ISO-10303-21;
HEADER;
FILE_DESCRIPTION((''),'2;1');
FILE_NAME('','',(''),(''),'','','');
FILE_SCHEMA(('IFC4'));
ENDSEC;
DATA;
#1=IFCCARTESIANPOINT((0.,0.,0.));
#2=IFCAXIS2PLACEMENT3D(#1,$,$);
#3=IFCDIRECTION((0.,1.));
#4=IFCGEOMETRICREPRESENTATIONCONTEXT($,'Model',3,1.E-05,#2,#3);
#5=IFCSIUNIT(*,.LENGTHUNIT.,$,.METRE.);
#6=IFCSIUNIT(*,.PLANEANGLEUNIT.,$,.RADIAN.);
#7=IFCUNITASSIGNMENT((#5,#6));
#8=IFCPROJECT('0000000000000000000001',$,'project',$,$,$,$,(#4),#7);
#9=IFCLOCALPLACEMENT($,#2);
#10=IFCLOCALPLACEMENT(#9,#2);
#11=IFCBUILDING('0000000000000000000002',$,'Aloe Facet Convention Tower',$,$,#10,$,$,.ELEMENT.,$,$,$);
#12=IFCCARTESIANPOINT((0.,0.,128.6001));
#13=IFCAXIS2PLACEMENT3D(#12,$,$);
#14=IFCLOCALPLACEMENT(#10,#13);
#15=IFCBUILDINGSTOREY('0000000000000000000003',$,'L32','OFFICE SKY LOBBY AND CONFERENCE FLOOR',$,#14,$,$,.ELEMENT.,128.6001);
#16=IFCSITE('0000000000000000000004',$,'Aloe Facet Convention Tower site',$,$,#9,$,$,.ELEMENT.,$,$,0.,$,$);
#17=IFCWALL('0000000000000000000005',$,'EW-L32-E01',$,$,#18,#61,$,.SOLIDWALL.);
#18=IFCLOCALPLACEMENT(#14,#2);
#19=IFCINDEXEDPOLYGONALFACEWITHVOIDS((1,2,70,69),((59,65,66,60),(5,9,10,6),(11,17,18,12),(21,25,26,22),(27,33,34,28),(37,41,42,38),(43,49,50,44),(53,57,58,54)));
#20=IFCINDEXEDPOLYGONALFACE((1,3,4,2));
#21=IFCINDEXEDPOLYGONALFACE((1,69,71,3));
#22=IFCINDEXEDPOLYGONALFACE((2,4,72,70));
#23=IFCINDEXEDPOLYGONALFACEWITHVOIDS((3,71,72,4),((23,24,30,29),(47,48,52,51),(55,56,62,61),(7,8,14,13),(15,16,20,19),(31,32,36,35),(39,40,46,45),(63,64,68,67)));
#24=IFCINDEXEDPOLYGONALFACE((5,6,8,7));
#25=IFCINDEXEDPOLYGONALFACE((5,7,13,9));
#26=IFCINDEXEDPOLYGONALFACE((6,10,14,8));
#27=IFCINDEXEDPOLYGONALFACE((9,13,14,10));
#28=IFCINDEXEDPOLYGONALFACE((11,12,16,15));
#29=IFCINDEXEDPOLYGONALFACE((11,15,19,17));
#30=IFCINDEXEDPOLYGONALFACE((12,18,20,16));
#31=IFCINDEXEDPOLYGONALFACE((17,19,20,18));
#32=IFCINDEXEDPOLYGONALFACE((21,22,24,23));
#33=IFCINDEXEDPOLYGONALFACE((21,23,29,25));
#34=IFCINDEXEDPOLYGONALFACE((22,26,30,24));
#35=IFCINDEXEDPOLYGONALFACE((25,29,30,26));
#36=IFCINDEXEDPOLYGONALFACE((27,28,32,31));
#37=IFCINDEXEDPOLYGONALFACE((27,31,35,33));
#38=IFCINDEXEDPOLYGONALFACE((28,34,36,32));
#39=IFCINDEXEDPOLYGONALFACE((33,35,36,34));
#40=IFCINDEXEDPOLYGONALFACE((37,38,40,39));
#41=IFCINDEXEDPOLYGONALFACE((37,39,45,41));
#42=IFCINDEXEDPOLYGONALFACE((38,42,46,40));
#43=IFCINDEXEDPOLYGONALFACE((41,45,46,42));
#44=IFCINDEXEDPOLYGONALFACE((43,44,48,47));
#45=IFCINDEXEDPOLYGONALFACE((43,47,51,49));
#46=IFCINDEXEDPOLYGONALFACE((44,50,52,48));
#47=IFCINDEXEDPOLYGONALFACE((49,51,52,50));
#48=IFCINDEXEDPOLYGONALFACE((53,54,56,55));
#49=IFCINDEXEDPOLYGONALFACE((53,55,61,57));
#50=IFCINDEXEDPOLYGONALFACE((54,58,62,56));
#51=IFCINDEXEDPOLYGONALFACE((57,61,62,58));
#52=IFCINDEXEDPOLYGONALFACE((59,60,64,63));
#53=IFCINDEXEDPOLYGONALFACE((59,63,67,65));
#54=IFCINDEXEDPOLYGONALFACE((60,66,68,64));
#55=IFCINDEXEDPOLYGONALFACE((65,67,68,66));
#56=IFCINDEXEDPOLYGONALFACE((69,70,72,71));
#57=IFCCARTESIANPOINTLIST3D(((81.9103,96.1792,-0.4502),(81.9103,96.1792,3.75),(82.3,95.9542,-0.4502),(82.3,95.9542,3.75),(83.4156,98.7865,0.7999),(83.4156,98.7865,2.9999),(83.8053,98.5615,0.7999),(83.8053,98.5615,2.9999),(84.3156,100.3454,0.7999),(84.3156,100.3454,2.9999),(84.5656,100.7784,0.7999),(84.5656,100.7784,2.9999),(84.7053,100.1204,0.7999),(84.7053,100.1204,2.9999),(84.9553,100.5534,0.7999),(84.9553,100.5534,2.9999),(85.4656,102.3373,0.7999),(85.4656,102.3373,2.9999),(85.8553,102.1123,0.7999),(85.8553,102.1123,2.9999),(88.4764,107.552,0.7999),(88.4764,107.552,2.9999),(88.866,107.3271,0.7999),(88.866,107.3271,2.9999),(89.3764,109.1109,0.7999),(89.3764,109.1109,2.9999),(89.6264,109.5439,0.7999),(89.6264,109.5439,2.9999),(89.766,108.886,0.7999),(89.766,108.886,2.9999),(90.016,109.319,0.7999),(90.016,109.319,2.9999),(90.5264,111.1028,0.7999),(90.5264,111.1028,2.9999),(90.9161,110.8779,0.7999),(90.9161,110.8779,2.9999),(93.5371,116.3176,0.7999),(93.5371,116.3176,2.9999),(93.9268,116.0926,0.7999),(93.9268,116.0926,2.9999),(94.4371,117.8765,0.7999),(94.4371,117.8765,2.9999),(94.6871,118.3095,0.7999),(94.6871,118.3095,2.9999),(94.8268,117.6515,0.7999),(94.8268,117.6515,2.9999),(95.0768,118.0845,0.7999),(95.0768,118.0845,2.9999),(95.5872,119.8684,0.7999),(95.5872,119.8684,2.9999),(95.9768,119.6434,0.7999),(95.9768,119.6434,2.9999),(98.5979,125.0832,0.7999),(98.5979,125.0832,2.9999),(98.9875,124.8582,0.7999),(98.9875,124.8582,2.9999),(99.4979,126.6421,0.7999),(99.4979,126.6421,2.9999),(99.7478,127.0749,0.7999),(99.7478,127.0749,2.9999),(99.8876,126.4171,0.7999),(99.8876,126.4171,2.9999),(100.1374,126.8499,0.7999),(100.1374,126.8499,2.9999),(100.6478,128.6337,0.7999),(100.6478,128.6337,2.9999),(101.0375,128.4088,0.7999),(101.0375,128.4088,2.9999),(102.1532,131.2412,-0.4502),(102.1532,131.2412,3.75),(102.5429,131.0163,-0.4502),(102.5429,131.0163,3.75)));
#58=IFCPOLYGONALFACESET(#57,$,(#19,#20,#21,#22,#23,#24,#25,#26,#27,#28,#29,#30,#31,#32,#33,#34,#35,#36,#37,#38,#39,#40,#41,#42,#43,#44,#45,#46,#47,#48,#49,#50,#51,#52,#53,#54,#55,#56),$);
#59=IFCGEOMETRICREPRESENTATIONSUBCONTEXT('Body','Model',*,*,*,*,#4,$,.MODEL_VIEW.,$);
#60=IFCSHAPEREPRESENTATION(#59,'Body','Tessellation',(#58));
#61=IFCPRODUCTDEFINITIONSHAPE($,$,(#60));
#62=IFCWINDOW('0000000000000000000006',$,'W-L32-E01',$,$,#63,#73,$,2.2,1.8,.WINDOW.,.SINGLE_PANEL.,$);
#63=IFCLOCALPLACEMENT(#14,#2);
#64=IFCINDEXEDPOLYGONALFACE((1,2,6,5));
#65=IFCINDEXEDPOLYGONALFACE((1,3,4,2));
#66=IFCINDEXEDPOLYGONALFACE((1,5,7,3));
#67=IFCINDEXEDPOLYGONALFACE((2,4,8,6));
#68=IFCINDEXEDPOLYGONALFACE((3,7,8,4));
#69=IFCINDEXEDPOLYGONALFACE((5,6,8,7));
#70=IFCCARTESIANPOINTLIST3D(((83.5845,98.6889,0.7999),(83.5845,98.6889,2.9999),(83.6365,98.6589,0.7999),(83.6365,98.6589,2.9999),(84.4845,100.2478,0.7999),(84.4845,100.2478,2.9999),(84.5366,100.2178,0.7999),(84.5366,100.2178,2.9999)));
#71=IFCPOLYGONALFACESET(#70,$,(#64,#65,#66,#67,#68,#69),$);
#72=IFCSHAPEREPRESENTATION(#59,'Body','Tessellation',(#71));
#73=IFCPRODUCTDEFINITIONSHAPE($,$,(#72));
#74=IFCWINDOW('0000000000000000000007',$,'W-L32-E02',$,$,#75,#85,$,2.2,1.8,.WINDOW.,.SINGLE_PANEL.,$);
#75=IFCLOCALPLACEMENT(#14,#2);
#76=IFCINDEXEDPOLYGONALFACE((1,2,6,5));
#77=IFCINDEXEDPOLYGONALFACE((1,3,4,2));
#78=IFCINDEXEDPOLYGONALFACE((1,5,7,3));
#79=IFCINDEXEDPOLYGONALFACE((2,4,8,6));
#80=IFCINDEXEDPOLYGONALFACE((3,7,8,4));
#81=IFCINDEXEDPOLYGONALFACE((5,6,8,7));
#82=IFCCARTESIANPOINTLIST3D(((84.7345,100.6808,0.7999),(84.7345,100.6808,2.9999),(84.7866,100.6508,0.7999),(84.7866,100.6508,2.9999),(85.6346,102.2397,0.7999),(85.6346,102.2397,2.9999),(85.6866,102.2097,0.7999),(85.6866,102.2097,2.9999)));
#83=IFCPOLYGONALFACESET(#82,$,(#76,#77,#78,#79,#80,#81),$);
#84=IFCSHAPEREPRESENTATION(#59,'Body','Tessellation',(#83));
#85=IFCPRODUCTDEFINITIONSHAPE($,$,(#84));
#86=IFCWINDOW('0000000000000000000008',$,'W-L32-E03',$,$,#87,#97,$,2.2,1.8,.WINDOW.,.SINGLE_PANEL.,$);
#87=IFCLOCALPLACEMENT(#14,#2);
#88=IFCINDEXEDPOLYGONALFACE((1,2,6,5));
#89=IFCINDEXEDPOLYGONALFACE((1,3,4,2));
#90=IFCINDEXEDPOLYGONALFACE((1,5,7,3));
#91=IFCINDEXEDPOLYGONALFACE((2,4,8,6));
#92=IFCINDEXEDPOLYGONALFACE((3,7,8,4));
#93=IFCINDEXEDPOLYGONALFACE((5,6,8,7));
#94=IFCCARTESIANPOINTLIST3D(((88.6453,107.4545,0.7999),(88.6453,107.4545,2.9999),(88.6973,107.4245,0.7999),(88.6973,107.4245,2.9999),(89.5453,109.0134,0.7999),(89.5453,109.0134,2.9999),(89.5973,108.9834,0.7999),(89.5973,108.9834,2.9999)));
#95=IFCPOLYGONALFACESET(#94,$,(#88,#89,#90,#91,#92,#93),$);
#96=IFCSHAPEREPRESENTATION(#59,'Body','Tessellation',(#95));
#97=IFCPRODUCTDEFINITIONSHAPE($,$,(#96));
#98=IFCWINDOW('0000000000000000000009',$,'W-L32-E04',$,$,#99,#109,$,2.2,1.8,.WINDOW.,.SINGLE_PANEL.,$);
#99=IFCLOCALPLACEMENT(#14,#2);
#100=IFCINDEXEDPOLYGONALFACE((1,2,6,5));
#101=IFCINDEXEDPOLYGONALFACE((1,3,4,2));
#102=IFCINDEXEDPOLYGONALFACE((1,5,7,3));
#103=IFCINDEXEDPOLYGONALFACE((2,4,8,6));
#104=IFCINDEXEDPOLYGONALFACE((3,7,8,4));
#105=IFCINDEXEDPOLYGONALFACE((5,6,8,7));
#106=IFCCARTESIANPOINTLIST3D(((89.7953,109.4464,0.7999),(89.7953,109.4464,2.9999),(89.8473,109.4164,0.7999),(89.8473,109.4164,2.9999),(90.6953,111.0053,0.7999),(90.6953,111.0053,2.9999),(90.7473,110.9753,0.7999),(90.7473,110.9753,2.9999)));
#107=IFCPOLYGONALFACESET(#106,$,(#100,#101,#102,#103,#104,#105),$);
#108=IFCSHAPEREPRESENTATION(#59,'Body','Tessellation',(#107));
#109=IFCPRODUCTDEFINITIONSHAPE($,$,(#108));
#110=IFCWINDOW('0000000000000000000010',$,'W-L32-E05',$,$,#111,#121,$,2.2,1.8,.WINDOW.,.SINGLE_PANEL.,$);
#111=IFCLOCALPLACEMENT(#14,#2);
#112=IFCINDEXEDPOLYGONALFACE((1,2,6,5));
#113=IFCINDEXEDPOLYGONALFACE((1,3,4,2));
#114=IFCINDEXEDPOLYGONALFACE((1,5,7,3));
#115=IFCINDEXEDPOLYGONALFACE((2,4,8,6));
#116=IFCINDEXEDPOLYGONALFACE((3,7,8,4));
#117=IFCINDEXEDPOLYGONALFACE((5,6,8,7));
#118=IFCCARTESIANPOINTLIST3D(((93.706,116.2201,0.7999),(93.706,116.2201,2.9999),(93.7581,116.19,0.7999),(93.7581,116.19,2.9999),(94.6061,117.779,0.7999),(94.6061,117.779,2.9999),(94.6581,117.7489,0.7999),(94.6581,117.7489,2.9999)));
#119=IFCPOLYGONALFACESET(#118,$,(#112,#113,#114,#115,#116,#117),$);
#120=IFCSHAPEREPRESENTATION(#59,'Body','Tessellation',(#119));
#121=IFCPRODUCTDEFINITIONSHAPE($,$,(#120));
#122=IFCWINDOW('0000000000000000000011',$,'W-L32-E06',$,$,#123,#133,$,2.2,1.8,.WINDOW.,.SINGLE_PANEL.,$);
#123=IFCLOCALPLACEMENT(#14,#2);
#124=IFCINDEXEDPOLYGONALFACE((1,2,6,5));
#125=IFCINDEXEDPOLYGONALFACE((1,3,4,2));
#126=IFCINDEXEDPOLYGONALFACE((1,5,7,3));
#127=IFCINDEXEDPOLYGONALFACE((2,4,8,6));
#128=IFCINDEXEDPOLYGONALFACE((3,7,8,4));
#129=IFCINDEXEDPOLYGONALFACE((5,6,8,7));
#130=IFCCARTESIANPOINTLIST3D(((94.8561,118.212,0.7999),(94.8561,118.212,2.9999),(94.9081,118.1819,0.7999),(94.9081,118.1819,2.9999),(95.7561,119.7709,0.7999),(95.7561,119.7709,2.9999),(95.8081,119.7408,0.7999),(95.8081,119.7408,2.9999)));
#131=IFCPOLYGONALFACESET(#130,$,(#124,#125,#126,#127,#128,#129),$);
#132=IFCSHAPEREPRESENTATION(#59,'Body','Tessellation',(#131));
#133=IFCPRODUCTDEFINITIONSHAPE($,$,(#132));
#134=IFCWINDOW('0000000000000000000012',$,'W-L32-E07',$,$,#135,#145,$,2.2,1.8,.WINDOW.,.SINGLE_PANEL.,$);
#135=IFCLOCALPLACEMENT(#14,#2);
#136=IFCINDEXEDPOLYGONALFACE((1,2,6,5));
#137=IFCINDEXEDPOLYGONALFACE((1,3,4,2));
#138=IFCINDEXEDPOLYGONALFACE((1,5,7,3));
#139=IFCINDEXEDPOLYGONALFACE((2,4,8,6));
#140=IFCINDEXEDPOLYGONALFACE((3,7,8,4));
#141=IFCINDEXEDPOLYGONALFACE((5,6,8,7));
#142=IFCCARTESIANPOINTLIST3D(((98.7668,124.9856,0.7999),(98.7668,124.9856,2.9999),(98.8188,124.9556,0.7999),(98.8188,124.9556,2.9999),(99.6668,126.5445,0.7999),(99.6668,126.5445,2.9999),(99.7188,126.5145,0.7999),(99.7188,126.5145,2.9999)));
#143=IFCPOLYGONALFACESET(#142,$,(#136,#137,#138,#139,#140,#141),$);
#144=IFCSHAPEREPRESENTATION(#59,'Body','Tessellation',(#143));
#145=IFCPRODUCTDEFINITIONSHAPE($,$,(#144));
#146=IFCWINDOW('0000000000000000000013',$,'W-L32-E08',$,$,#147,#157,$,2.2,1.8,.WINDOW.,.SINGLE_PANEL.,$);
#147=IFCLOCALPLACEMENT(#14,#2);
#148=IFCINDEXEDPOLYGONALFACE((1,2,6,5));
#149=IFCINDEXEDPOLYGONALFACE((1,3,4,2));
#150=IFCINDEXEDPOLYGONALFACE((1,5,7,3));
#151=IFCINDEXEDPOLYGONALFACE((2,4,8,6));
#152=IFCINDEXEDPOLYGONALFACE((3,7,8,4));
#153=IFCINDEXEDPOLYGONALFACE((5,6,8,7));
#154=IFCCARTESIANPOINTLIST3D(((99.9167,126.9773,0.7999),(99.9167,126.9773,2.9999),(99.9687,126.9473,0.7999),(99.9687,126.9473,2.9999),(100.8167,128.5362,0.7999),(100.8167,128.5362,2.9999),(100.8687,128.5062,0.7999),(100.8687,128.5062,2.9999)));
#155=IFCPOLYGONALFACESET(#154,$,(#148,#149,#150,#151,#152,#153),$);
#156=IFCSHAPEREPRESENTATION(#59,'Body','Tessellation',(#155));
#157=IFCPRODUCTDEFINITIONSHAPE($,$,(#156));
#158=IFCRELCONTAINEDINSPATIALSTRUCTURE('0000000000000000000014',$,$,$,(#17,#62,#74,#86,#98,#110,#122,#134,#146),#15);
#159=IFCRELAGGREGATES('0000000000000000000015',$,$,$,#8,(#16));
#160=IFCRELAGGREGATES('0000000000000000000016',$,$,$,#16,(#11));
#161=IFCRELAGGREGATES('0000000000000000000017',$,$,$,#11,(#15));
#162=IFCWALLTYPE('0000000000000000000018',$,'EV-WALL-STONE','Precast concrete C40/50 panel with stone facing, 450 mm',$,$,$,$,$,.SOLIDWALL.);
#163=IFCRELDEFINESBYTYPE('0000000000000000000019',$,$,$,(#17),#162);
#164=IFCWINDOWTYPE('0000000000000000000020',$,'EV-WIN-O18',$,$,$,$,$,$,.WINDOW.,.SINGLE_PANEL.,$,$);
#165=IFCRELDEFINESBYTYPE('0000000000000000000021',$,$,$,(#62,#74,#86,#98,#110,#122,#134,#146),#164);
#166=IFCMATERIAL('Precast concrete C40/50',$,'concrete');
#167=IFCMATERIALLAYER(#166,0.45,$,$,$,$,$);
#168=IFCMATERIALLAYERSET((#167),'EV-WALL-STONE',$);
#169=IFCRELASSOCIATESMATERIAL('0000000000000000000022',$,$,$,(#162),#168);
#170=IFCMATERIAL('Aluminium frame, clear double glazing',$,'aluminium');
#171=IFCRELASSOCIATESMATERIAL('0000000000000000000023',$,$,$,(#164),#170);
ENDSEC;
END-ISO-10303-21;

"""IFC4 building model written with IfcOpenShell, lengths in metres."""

from ifc_helpers import new_model, si_unit, direction, frame, frame_2d, origin, place, context, subcontext, project, spatial, polyline, rectangle, outline, extrude, material, layer, layer_set, type_object, element, fill, save


model = new_model("IFC4")

# Units and contexts
model_context = context("Model", 3, precision=1e-05, world=origin(), true_north=direction((0.0, 1.0)))
body_context = subcontext(model_context, "Body", "Model", "MODEL_VIEW")
ifc_project = project(units=[si_unit("LENGTHUNIT", "METRE"), si_unit("PLANEANGLEUNIT", "RADIAN")], contexts=[model_context])

# Site, building, storey
site_placement = place(None, origin())
site = spatial("IfcSite", under=ifc_project, at=site_placement, Name="Aloe Facet Convention Tower site", CompositionType="ELEMENT", RefElevation=0.0)
building_placement = place(site_placement, origin())
building = spatial("IfcBuilding", under=site, at=building_placement, Name="Aloe Facet Convention Tower", CompositionType="ELEMENT")
storey_placement = place(building_placement, frame((0.0, 0.0, 128.6001)))
storey = spatial("IfcBuildingStorey", under=building, at=storey_placement, Name="L32", Description="OFFICE SKY LOBBY AND CONFERENCE FLOOR", CompositionType="ELEMENT", Elevation=128.6001)

# Wall, openings, windows
ifc_material_1 = material(Name="Precast concrete C40/50", Category="concrete")
ifc_layer_1 = layer(ifc_material_1, 0.45)
ifc_layer_set_1 = layer_set([ifc_layer_1], Name="EV-WALL-STONE")
wall_type_1 = type_object("IfcWallType", Name="EV-WALL-STONE", Description="Precast concrete C40/50 panel with stone facing, 450 mm", PredefinedType="SOLIDWALL", material=ifc_layer_set_1)
wall_1_placement = place(storey_placement, frame((82.1052, 96.0667, -0.4502), z_axis=(0.0, 0.0, 1.0), x_axis=(0.499997, 0.866027, 0.0)))
wall_1 = element("IfcWall", 1, at=wall_1_placement, inside=storey, type_object=wall_type_1, Name="EW-L32-E01", PredefinedType="SOLIDWALL", context=body_context, shape_type="SweptSolid", body=[
    extrude(outline(polyline([(40.4861, 0.0), (40.4861, 4.2002), (0.0, 4.2002), (0.0, 0.0), (40.4861, 0.0)])), frame((0.0, 0.2251, 0.0), z_axis=(0.0, -1.0, 0.0), x_axis=(1.0, 0.0, 0.0)), (0.0, 0.0, 1.0), 0.45),
])
opening_1_placement = place(wall_1_placement, frame((3.0107, 0.0, 1.25)))
opening_1 = element("IfcOpeningElement", 2, at=opening_1_placement, cuts=wall_1, PredefinedType="OPENING", context=body_context, shape_type="SweptSolid", body=[
    extrude(rectangle(XDim=1.8, YDim=2.2, at=frame_2d((0.8999, 1.1001))), frame((0.0, 0.2349, 0.0), z_axis=(0.0, -1.0, 0.0), x_axis=(1.0, 0.0, 0.0)), (0.0, 0.0, 1.0), 0.47),
])
opening_2_placement = place(wall_1_placement, frame((5.3108, 0.0, 1.25)))
opening_2 = element("IfcOpeningElement", 3, at=opening_2_placement, cuts=wall_1, PredefinedType="OPENING", context=body_context, shape_type="SweptSolid", body=[
    extrude(rectangle(XDim=1.8, YDim=2.2, at=frame_2d((0.8999, 1.1001))), frame((0.0, 0.2349, 0.0), z_axis=(0.0, -1.0, 0.0), x_axis=(1.0, 0.0, 0.0)), (0.0, 0.0, 1.0), 0.47),
])
opening_3_placement = place(wall_1_placement, frame((13.1323, 0.0, 1.25)))
opening_3 = element("IfcOpeningElement", 4, at=opening_3_placement, cuts=wall_1, PredefinedType="OPENING", context=body_context, shape_type="SweptSolid", body=[
    extrude(rectangle(XDim=1.8, YDim=2.2, at=frame_2d((0.8999, 1.1001))), frame((0.0, 0.2349, 0.0), z_axis=(0.0, -1.0, 0.0), x_axis=(1.0, 0.0, 0.0)), (0.0, 0.0, 1.0), 0.47),
])
opening_4_placement = place(wall_1_placement, frame((15.4324, 0.0, 1.25)))
opening_4 = element("IfcOpeningElement", 5, at=opening_4_placement, cuts=wall_1, PredefinedType="OPENING", context=body_context, shape_type="SweptSolid", body=[
    extrude(rectangle(XDim=1.8, YDim=2.2, at=frame_2d((0.8999, 1.1001))), frame((0.0, 0.2349, 0.0), z_axis=(0.0, -1.0, 0.0), x_axis=(1.0, 0.0, 0.0)), (0.0, 0.0, 1.0), 0.47),
])
opening_5_placement = place(wall_1_placement, frame((23.2539, 0.0, 1.25)))
opening_5 = element("IfcOpeningElement", 6, at=opening_5_placement, cuts=wall_1, PredefinedType="OPENING", context=body_context, shape_type="SweptSolid", body=[
    extrude(rectangle(XDim=1.8, YDim=2.2, at=frame_2d((0.8999, 1.1001))), frame((0.0, 0.2349, 0.0), z_axis=(0.0, -1.0, 0.0), x_axis=(1.0, 0.0, 0.0)), (0.0, 0.0, 1.0), 0.47),
])
opening_6_placement = place(wall_1_placement, frame((25.554, 0.0, 1.25)))
opening_6 = element("IfcOpeningElement", 7, at=opening_6_placement, cuts=wall_1, PredefinedType="OPENING", context=body_context, shape_type="SweptSolid", body=[
    extrude(rectangle(XDim=1.8, YDim=2.2, at=frame_2d((0.8999, 1.1001))), frame((0.0, 0.2349, 0.0), z_axis=(0.0, -1.0, 0.0), x_axis=(1.0, 0.0, 0.0)), (0.0, 0.0, 1.0), 0.47),
])
opening_7_placement = place(wall_1_placement, frame((33.3755, 0.0, 1.25)))
opening_7 = element("IfcOpeningElement", 8, at=opening_7_placement, cuts=wall_1, PredefinedType="OPENING", context=body_context, shape_type="SweptSolid", body=[
    extrude(rectangle(XDim=1.8, YDim=2.2, at=frame_2d((0.8999, 1.1001))), frame((0.0, 0.2349, 0.0), z_axis=(0.0, -1.0, 0.0), x_axis=(1.0, 0.0, 0.0)), (0.0, 0.0, 1.0), 0.47),
])
opening_8_placement = place(wall_1_placement, frame((35.6753, 0.0, 1.25)))
opening_8 = element("IfcOpeningElement", 9, at=opening_8_placement, cuts=wall_1, PredefinedType="OPENING", context=body_context, shape_type="SweptSolid", body=[
    extrude(rectangle(XDim=1.8, YDim=2.2, at=frame_2d((0.8999, 1.1001))), frame((0.0, 0.2349, 0.0), z_axis=(0.0, -1.0, 0.0), x_axis=(1.0, 0.0, 0.0)), (0.0, 0.0, 1.0), 0.47),
])
ifc_material_2 = material(Name="Aluminium frame, clear double glazing", Category="aluminium")
window_type = type_object("IfcWindowType", Name="EV-WIN-O18", PartitioningType="SINGLE_PANEL", PredefinedType="WINDOW", material=ifc_material_2)
window_1_placement = place(opening_1_placement, origin())
window_1 = element("IfcWindow", 10, at=window_1_placement, inside=storey, type_object=window_type, Name="W-L32-E01", OverallHeight=2.2, OverallWidth=1.8, PartitioningType="SINGLE_PANEL", PredefinedType="WINDOW", context=body_context, shape_type="SweptSolid", body=[
    extrude(rectangle(XDim=1.8, YDim=2.2, at=frame_2d((0.8999, 1.1001))), frame((0.0, 0.03, 0.0), z_axis=(0.0, -1.0, 0.0), x_axis=(1.0, 0.0, 0.0)), (0.0, 0.0, 1.0), 0.0601),
])
fill(opening_1, window_1)
window_2_placement = place(opening_2_placement, origin())
window_2 = element("IfcWindow", 11, at=window_2_placement, inside=storey, type_object=window_type, Name="W-L32-E02", OverallHeight=2.2, OverallWidth=1.8, PartitioningType="SINGLE_PANEL", PredefinedType="WINDOW", context=body_context, shape_type="SweptSolid", body=[
    extrude(rectangle(XDim=1.8, YDim=2.2, at=frame_2d((0.8999, 1.1001))), frame((0.0, 0.03, 0.0), z_axis=(0.0, -1.0, 0.0), x_axis=(1.0, 0.0, 0.0)), (0.0, 0.0, 1.0), 0.0601),
])
fill(opening_2, window_2)
window_3_placement = place(opening_3_placement, origin())
window_3 = element("IfcWindow", 12, at=window_3_placement, inside=storey, type_object=window_type, Name="W-L32-E03", OverallHeight=2.2, OverallWidth=1.8, PartitioningType="SINGLE_PANEL", PredefinedType="WINDOW", context=body_context, shape_type="SweptSolid", body=[
    extrude(rectangle(XDim=1.8, YDim=2.2, at=frame_2d((0.8999, 1.1001))), frame((0.0, 0.03, 0.0), z_axis=(0.0, -1.0, 0.0), x_axis=(1.0, 0.0, 0.0)), (0.0, 0.0, 1.0), 0.0601),
])
fill(opening_3, window_3)
window_4_placement = place(opening_4_placement, origin())
window_4 = element("IfcWindow", 13, at=window_4_placement, inside=storey, type_object=window_type, Name="W-L32-E04", OverallHeight=2.2, OverallWidth=1.8, PartitioningType="SINGLE_PANEL", PredefinedType="WINDOW", context=body_context, shape_type="SweptSolid", body=[
    extrude(rectangle(XDim=1.8, YDim=2.2, at=frame_2d((0.8999, 1.1001))), frame((0.0, 0.03, 0.0), z_axis=(0.0, -1.0, 0.0), x_axis=(1.0, 0.0, 0.0)), (0.0, 0.0, 1.0), 0.0601),
])
fill(opening_4, window_4)
window_5_placement = place(opening_5_placement, origin())
window_5 = element("IfcWindow", 14, at=window_5_placement, inside=storey, type_object=window_type, Name="W-L32-E05", OverallHeight=2.2, OverallWidth=1.8, PartitioningType="SINGLE_PANEL", PredefinedType="WINDOW", context=body_context, shape_type="SweptSolid", body=[
    extrude(rectangle(XDim=1.8, YDim=2.2, at=frame_2d((0.8999, 1.1001))), frame((0.0, 0.03, 0.0), z_axis=(0.0, -1.0, 0.0), x_axis=(1.0, 0.0, 0.0)), (0.0, 0.0, 1.0), 0.0601),
])
fill(opening_5, window_5)
window_6_placement = place(opening_6_placement, origin())
window_6 = element("IfcWindow", 15, at=window_6_placement, inside=storey, type_object=window_type, Name="W-L32-E06", OverallHeight=2.2, OverallWidth=1.8, PartitioningType="SINGLE_PANEL", PredefinedType="WINDOW", context=body_context, shape_type="SweptSolid", body=[
    extrude(rectangle(XDim=1.8, YDim=2.2, at=frame_2d((0.8999, 1.1001))), frame((0.0, 0.03, 0.0), z_axis=(0.0, -1.0, 0.0), x_axis=(1.0, 0.0, 0.0)), (0.0, 0.0, 1.0), 0.0601),
])
fill(opening_6, window_6)
window_7_placement = place(opening_7_placement, origin())
window_7 = element("IfcWindow", 16, at=window_7_placement, inside=storey, type_object=window_type, Name="W-L32-E07", OverallHeight=2.2, OverallWidth=1.8, PartitioningType="SINGLE_PANEL", PredefinedType="WINDOW", context=body_context, shape_type="SweptSolid", body=[
    extrude(rectangle(XDim=1.8, YDim=2.2, at=frame_2d((0.8999, 1.1001))), frame((0.0, 0.03, 0.0), z_axis=(0.0, -1.0, 0.0), x_axis=(1.0, 0.0, 0.0)), (0.0, 0.0, 1.0), 0.0601),
])
fill(opening_7, window_7)
window_8_placement = place(opening_8_placement, origin())
window_8 = element("IfcWindow", 17, at=window_8_placement, inside=storey, type_object=window_type, Name="W-L32-E08", OverallHeight=2.2, OverallWidth=1.8, PartitioningType="SINGLE_PANEL", PredefinedType="WINDOW", context=body_context, shape_type="SweptSolid", body=[
    extrude(rectangle(XDim=1.8, YDim=2.2, at=frame_2d((0.8999, 1.1001))), frame((0.0, 0.03, 0.0), z_axis=(0.0, -1.0, 0.0), x_axis=(1.0, 0.0, 0.0)), (0.0, 0.0, 1.0), 0.0601),
])
fill(opening_8, window_8)

save(model, "model.ifc")
